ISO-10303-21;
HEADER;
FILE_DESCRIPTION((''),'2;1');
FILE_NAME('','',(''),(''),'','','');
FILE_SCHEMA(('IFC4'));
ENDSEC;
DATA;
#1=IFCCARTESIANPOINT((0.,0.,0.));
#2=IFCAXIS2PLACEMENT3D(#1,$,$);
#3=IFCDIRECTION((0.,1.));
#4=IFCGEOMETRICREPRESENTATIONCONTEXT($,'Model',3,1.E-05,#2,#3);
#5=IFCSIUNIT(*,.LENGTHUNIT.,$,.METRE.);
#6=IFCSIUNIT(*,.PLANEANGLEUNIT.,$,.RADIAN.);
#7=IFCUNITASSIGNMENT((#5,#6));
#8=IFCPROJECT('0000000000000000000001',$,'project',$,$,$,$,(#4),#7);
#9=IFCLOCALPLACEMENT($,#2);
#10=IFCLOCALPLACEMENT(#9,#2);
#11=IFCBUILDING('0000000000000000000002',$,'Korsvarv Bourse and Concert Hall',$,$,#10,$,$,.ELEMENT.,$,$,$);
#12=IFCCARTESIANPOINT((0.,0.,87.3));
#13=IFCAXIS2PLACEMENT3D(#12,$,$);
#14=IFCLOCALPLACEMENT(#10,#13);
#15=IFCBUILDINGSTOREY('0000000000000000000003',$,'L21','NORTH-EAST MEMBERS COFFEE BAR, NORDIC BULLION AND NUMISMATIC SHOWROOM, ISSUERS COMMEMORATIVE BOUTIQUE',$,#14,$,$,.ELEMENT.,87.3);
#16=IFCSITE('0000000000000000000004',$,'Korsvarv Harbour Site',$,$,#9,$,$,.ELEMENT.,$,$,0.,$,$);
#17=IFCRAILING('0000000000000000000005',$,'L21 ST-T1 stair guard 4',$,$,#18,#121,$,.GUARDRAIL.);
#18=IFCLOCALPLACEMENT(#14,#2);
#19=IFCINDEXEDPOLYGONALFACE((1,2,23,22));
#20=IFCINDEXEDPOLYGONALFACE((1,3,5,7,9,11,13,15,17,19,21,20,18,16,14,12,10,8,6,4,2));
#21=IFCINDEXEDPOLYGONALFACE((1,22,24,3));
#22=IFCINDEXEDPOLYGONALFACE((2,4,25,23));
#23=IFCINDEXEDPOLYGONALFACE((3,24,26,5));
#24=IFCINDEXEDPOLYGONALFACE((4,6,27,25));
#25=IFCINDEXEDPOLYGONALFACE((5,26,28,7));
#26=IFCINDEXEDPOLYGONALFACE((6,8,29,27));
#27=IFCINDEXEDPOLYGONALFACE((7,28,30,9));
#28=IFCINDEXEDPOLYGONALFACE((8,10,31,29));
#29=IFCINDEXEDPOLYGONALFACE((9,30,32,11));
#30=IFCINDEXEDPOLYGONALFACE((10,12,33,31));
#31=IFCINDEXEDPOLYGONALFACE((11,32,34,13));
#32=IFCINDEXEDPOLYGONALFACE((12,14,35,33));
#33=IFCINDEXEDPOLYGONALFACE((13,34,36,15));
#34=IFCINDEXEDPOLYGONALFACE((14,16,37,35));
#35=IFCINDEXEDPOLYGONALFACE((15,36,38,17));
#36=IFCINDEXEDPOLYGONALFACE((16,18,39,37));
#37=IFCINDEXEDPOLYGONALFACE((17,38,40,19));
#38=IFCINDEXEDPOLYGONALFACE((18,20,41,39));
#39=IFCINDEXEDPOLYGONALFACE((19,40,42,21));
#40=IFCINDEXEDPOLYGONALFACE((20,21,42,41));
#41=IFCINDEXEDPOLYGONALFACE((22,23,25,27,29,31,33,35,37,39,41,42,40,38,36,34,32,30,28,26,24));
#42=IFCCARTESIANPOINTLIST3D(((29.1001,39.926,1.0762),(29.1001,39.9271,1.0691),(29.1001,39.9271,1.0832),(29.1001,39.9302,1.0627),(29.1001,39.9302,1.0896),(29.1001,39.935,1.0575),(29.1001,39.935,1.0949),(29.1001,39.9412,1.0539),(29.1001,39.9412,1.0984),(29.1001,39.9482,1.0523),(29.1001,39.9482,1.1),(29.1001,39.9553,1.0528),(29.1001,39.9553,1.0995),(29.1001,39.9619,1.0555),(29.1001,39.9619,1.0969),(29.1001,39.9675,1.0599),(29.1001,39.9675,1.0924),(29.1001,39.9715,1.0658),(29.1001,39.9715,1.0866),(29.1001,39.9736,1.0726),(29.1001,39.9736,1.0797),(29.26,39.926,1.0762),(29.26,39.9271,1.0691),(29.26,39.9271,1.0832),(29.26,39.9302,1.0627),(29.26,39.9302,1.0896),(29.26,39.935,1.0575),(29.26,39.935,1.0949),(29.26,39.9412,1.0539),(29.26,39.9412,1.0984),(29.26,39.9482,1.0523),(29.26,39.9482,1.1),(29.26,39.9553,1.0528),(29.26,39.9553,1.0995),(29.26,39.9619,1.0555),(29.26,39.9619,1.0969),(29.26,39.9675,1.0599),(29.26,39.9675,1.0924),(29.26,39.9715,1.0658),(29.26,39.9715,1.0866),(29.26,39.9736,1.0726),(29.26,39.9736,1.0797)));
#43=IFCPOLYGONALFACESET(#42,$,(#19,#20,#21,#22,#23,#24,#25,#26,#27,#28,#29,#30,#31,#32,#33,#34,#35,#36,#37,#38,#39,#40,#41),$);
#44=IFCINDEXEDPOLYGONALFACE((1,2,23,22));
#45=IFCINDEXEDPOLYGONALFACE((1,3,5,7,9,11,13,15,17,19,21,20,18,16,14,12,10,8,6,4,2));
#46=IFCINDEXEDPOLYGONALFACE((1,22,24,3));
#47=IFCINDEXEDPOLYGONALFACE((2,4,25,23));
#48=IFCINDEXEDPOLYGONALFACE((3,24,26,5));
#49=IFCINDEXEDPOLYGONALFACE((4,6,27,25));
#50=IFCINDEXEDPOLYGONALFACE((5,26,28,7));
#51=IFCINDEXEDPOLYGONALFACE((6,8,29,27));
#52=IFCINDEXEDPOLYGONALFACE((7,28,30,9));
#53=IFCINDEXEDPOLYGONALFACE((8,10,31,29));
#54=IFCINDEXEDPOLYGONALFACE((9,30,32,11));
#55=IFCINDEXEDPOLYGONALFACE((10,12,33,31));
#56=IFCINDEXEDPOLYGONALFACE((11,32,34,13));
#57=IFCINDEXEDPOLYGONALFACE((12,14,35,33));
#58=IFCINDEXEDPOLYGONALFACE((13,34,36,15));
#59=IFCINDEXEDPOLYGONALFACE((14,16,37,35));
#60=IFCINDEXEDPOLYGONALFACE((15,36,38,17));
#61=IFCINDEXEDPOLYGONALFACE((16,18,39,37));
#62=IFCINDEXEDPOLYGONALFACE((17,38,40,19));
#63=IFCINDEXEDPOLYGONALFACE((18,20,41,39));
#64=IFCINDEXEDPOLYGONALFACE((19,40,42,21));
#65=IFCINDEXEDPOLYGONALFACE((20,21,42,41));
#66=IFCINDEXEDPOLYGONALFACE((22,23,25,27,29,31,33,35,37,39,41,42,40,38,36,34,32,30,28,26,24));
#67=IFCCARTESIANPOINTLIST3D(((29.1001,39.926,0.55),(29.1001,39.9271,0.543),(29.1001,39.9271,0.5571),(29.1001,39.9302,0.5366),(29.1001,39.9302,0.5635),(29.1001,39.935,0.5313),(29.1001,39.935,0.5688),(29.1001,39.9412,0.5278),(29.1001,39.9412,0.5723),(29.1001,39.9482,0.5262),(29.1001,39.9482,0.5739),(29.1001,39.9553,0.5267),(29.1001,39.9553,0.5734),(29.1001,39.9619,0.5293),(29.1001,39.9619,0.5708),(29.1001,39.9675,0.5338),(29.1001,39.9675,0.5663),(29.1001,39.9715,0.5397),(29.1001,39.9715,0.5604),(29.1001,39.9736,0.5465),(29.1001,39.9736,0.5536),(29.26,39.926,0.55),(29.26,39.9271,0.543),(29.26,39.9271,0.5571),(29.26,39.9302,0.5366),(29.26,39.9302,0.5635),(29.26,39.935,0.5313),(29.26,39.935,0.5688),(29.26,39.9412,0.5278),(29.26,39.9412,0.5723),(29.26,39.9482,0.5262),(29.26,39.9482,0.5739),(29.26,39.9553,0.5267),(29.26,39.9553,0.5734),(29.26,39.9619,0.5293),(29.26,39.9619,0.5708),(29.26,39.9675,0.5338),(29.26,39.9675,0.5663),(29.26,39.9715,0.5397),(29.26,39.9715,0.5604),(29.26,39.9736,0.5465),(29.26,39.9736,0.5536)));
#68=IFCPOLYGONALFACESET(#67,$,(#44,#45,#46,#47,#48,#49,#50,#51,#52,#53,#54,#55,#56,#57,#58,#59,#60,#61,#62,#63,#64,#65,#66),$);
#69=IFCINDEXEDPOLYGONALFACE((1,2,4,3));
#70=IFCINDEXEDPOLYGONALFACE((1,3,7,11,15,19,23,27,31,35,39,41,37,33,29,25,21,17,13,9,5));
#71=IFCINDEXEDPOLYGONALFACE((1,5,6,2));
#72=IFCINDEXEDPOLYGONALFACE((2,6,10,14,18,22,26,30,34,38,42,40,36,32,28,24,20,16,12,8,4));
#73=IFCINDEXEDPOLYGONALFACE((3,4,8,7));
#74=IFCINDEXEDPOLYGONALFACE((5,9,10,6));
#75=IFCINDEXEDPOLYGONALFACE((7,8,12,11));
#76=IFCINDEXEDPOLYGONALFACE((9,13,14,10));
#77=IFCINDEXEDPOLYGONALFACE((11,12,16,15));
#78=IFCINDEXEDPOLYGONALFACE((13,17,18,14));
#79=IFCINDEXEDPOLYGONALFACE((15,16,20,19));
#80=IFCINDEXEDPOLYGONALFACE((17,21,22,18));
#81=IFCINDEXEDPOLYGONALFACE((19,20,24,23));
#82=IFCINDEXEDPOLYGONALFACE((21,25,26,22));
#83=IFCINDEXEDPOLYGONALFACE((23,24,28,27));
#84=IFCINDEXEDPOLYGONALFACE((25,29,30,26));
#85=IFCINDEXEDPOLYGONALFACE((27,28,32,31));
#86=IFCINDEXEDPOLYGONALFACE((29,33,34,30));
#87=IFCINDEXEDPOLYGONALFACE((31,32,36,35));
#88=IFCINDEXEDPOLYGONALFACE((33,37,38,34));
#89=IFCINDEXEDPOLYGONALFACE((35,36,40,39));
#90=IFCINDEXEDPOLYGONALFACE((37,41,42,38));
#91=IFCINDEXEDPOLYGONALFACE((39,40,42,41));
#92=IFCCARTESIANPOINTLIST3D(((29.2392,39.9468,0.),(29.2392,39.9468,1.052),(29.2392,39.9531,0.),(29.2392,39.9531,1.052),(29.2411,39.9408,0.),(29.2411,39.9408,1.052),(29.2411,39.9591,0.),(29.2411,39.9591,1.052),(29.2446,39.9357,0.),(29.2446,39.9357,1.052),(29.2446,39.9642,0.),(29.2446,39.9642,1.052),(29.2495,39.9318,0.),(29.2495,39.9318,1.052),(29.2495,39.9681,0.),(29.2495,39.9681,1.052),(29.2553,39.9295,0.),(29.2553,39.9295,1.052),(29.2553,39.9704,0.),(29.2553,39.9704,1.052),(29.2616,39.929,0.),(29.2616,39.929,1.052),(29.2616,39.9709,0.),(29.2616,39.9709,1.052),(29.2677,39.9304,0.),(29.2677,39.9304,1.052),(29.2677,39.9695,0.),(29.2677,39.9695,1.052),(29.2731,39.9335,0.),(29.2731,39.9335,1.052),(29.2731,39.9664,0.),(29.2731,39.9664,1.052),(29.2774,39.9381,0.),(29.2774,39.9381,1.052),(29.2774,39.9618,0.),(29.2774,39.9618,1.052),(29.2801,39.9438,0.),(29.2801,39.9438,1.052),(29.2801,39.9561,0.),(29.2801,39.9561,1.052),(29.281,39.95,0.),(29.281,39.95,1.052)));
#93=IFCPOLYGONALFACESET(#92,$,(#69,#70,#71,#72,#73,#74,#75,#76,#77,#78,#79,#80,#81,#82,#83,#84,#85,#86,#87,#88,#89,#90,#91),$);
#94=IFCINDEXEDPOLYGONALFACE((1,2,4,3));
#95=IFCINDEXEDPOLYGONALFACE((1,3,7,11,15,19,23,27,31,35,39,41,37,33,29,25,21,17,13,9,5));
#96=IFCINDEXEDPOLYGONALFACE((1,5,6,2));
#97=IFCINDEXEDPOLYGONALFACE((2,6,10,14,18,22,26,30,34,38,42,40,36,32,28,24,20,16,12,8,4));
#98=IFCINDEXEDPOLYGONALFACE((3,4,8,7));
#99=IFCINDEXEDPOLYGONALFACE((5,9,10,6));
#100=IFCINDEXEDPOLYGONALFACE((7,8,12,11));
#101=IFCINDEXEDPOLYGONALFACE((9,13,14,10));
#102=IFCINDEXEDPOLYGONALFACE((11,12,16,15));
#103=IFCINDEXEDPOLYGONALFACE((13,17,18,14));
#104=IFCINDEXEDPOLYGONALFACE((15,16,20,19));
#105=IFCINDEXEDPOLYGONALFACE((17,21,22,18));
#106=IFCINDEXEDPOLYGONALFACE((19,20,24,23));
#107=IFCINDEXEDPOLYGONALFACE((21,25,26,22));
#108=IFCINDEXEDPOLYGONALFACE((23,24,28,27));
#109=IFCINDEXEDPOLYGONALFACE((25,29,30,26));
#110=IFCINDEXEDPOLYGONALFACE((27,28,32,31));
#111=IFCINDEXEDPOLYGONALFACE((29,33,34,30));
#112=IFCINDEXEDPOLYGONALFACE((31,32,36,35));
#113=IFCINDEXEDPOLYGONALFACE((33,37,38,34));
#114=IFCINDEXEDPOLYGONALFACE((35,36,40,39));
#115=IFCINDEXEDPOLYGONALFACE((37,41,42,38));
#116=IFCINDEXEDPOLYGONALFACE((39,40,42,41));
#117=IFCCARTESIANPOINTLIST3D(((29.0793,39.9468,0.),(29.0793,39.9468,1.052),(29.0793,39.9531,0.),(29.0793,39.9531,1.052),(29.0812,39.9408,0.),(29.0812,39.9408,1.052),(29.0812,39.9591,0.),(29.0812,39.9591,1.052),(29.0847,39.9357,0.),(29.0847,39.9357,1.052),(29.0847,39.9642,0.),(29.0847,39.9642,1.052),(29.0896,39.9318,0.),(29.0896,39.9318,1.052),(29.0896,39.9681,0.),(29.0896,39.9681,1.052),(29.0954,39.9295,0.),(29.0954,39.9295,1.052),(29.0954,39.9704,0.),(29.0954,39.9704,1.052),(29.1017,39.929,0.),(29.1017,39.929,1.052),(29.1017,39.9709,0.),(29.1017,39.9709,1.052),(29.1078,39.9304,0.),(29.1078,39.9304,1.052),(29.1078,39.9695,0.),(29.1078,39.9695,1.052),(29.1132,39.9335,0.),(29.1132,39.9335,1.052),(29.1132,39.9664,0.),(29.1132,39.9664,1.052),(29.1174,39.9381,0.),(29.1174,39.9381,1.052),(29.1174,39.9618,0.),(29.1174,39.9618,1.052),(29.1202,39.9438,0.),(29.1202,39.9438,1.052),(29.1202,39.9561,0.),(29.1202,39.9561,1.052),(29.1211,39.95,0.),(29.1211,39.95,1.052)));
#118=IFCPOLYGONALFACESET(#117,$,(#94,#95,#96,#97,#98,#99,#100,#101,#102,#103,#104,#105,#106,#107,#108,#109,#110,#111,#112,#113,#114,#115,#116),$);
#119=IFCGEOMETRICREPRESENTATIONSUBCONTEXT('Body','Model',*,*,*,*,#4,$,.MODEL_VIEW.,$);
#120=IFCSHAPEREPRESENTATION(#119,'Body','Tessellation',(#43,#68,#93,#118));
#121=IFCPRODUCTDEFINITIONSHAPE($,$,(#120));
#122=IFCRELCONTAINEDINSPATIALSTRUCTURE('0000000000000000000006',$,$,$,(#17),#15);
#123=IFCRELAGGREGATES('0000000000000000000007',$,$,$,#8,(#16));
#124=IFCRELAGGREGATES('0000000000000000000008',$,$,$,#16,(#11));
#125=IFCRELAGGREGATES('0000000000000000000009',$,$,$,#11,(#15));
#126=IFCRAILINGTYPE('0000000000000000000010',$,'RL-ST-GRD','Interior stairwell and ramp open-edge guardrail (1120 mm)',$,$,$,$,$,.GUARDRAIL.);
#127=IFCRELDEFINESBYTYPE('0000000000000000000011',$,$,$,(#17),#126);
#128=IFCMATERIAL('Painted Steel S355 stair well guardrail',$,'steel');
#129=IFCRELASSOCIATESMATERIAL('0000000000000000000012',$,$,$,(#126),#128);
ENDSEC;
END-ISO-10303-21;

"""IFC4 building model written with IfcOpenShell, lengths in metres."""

from ifc_helpers import new_model, si_unit, direction, frame, origin, origin_2d, place, context, subcontext, project, spatial, circle, extrude, material, type_object, element, save


model = new_model("IFC4")

# Units and contexts
model_context = context("Model", 3, precision=1e-05, world=origin(), true_north=direction((0.0, 1.0)))
body_context = subcontext(model_context, "Body", "Model", "MODEL_VIEW")
ifc_project = project(units=[si_unit("LENGTHUNIT", "METRE"), si_unit("PLANEANGLEUNIT", "RADIAN")], contexts=[model_context])

# Site, building, storey
site_placement = place(None, origin())
site = spatial("IfcSite", under=ifc_project, at=site_placement, Name="Korsvarv Harbour Site", CompositionType="ELEMENT", RefElevation=0.0)
building_placement = place(site_placement, origin())
building = spatial("IfcBuilding", under=site, at=building_placement, Name="Korsvarv Bourse and Concert Hall", CompositionType="ELEMENT")
storey_placement = place(building_placement, frame((0.0, 0.0, 87.3)))
storey = spatial("IfcBuildingStorey", under=building, at=storey_placement, Name="L21", Description="NORTH-EAST MEMBERS COFFEE BAR, NORDIC BULLION AND NUMISMATIC SHOWROOM, ISSUERS COMMEMORATIVE BOUTIQUE", CompositionType="ELEMENT", Elevation=87.3)

# Railing
ifc_material_1 = material(Name="Painted Steel S355 stair well guardrail", Category="steel")
railing_type_1 = type_object("IfcRailingType", Name="RL-ST-GRD", Description="Interior stairwell and ramp open-edge guardrail (1120 mm)", PredefinedType="GUARDRAIL", material=ifc_material_1)
railing_1_placement = place(storey_placement, frame((29.26, 39.95, 0.0)))
element("IfcRailing", 1, at=railing_1_placement, inside=storey, type_object=railing_type_1, Name="L21 ST-T1 stair guard 4", PredefinedType="GUARDRAIL", context=body_context, shape_type="SweptSolid", body=[
    extrude(circle(Radius=0.0239, at=origin_2d()), frame((0.0, 0.0, 1.0762), z_axis=(-1.0, 0.0, 0.0), x_axis=(0.0, -1.0, 0.0)), (0.0, 0.0, 1.0), 0.1599),
    extrude(circle(Radius=0.0239, at=origin_2d()), frame((0.0, 0.0, 0.55), z_axis=(-1.0, 0.0, 0.0), x_axis=(0.0, -1.0, 0.0)), (0.0, 0.0, 1.0), 0.1599),
    extrude(circle(Radius=0.021, at=origin_2d()), origin(), (0.0, 0.0, 1.0), 1.052),
    extrude(circle(Radius=0.021, at=origin_2d()), frame((-0.1599, 0.0, 0.0)), (0.0, 0.0, 1.0), 1.052),
])

save(model, "model.ifc")
